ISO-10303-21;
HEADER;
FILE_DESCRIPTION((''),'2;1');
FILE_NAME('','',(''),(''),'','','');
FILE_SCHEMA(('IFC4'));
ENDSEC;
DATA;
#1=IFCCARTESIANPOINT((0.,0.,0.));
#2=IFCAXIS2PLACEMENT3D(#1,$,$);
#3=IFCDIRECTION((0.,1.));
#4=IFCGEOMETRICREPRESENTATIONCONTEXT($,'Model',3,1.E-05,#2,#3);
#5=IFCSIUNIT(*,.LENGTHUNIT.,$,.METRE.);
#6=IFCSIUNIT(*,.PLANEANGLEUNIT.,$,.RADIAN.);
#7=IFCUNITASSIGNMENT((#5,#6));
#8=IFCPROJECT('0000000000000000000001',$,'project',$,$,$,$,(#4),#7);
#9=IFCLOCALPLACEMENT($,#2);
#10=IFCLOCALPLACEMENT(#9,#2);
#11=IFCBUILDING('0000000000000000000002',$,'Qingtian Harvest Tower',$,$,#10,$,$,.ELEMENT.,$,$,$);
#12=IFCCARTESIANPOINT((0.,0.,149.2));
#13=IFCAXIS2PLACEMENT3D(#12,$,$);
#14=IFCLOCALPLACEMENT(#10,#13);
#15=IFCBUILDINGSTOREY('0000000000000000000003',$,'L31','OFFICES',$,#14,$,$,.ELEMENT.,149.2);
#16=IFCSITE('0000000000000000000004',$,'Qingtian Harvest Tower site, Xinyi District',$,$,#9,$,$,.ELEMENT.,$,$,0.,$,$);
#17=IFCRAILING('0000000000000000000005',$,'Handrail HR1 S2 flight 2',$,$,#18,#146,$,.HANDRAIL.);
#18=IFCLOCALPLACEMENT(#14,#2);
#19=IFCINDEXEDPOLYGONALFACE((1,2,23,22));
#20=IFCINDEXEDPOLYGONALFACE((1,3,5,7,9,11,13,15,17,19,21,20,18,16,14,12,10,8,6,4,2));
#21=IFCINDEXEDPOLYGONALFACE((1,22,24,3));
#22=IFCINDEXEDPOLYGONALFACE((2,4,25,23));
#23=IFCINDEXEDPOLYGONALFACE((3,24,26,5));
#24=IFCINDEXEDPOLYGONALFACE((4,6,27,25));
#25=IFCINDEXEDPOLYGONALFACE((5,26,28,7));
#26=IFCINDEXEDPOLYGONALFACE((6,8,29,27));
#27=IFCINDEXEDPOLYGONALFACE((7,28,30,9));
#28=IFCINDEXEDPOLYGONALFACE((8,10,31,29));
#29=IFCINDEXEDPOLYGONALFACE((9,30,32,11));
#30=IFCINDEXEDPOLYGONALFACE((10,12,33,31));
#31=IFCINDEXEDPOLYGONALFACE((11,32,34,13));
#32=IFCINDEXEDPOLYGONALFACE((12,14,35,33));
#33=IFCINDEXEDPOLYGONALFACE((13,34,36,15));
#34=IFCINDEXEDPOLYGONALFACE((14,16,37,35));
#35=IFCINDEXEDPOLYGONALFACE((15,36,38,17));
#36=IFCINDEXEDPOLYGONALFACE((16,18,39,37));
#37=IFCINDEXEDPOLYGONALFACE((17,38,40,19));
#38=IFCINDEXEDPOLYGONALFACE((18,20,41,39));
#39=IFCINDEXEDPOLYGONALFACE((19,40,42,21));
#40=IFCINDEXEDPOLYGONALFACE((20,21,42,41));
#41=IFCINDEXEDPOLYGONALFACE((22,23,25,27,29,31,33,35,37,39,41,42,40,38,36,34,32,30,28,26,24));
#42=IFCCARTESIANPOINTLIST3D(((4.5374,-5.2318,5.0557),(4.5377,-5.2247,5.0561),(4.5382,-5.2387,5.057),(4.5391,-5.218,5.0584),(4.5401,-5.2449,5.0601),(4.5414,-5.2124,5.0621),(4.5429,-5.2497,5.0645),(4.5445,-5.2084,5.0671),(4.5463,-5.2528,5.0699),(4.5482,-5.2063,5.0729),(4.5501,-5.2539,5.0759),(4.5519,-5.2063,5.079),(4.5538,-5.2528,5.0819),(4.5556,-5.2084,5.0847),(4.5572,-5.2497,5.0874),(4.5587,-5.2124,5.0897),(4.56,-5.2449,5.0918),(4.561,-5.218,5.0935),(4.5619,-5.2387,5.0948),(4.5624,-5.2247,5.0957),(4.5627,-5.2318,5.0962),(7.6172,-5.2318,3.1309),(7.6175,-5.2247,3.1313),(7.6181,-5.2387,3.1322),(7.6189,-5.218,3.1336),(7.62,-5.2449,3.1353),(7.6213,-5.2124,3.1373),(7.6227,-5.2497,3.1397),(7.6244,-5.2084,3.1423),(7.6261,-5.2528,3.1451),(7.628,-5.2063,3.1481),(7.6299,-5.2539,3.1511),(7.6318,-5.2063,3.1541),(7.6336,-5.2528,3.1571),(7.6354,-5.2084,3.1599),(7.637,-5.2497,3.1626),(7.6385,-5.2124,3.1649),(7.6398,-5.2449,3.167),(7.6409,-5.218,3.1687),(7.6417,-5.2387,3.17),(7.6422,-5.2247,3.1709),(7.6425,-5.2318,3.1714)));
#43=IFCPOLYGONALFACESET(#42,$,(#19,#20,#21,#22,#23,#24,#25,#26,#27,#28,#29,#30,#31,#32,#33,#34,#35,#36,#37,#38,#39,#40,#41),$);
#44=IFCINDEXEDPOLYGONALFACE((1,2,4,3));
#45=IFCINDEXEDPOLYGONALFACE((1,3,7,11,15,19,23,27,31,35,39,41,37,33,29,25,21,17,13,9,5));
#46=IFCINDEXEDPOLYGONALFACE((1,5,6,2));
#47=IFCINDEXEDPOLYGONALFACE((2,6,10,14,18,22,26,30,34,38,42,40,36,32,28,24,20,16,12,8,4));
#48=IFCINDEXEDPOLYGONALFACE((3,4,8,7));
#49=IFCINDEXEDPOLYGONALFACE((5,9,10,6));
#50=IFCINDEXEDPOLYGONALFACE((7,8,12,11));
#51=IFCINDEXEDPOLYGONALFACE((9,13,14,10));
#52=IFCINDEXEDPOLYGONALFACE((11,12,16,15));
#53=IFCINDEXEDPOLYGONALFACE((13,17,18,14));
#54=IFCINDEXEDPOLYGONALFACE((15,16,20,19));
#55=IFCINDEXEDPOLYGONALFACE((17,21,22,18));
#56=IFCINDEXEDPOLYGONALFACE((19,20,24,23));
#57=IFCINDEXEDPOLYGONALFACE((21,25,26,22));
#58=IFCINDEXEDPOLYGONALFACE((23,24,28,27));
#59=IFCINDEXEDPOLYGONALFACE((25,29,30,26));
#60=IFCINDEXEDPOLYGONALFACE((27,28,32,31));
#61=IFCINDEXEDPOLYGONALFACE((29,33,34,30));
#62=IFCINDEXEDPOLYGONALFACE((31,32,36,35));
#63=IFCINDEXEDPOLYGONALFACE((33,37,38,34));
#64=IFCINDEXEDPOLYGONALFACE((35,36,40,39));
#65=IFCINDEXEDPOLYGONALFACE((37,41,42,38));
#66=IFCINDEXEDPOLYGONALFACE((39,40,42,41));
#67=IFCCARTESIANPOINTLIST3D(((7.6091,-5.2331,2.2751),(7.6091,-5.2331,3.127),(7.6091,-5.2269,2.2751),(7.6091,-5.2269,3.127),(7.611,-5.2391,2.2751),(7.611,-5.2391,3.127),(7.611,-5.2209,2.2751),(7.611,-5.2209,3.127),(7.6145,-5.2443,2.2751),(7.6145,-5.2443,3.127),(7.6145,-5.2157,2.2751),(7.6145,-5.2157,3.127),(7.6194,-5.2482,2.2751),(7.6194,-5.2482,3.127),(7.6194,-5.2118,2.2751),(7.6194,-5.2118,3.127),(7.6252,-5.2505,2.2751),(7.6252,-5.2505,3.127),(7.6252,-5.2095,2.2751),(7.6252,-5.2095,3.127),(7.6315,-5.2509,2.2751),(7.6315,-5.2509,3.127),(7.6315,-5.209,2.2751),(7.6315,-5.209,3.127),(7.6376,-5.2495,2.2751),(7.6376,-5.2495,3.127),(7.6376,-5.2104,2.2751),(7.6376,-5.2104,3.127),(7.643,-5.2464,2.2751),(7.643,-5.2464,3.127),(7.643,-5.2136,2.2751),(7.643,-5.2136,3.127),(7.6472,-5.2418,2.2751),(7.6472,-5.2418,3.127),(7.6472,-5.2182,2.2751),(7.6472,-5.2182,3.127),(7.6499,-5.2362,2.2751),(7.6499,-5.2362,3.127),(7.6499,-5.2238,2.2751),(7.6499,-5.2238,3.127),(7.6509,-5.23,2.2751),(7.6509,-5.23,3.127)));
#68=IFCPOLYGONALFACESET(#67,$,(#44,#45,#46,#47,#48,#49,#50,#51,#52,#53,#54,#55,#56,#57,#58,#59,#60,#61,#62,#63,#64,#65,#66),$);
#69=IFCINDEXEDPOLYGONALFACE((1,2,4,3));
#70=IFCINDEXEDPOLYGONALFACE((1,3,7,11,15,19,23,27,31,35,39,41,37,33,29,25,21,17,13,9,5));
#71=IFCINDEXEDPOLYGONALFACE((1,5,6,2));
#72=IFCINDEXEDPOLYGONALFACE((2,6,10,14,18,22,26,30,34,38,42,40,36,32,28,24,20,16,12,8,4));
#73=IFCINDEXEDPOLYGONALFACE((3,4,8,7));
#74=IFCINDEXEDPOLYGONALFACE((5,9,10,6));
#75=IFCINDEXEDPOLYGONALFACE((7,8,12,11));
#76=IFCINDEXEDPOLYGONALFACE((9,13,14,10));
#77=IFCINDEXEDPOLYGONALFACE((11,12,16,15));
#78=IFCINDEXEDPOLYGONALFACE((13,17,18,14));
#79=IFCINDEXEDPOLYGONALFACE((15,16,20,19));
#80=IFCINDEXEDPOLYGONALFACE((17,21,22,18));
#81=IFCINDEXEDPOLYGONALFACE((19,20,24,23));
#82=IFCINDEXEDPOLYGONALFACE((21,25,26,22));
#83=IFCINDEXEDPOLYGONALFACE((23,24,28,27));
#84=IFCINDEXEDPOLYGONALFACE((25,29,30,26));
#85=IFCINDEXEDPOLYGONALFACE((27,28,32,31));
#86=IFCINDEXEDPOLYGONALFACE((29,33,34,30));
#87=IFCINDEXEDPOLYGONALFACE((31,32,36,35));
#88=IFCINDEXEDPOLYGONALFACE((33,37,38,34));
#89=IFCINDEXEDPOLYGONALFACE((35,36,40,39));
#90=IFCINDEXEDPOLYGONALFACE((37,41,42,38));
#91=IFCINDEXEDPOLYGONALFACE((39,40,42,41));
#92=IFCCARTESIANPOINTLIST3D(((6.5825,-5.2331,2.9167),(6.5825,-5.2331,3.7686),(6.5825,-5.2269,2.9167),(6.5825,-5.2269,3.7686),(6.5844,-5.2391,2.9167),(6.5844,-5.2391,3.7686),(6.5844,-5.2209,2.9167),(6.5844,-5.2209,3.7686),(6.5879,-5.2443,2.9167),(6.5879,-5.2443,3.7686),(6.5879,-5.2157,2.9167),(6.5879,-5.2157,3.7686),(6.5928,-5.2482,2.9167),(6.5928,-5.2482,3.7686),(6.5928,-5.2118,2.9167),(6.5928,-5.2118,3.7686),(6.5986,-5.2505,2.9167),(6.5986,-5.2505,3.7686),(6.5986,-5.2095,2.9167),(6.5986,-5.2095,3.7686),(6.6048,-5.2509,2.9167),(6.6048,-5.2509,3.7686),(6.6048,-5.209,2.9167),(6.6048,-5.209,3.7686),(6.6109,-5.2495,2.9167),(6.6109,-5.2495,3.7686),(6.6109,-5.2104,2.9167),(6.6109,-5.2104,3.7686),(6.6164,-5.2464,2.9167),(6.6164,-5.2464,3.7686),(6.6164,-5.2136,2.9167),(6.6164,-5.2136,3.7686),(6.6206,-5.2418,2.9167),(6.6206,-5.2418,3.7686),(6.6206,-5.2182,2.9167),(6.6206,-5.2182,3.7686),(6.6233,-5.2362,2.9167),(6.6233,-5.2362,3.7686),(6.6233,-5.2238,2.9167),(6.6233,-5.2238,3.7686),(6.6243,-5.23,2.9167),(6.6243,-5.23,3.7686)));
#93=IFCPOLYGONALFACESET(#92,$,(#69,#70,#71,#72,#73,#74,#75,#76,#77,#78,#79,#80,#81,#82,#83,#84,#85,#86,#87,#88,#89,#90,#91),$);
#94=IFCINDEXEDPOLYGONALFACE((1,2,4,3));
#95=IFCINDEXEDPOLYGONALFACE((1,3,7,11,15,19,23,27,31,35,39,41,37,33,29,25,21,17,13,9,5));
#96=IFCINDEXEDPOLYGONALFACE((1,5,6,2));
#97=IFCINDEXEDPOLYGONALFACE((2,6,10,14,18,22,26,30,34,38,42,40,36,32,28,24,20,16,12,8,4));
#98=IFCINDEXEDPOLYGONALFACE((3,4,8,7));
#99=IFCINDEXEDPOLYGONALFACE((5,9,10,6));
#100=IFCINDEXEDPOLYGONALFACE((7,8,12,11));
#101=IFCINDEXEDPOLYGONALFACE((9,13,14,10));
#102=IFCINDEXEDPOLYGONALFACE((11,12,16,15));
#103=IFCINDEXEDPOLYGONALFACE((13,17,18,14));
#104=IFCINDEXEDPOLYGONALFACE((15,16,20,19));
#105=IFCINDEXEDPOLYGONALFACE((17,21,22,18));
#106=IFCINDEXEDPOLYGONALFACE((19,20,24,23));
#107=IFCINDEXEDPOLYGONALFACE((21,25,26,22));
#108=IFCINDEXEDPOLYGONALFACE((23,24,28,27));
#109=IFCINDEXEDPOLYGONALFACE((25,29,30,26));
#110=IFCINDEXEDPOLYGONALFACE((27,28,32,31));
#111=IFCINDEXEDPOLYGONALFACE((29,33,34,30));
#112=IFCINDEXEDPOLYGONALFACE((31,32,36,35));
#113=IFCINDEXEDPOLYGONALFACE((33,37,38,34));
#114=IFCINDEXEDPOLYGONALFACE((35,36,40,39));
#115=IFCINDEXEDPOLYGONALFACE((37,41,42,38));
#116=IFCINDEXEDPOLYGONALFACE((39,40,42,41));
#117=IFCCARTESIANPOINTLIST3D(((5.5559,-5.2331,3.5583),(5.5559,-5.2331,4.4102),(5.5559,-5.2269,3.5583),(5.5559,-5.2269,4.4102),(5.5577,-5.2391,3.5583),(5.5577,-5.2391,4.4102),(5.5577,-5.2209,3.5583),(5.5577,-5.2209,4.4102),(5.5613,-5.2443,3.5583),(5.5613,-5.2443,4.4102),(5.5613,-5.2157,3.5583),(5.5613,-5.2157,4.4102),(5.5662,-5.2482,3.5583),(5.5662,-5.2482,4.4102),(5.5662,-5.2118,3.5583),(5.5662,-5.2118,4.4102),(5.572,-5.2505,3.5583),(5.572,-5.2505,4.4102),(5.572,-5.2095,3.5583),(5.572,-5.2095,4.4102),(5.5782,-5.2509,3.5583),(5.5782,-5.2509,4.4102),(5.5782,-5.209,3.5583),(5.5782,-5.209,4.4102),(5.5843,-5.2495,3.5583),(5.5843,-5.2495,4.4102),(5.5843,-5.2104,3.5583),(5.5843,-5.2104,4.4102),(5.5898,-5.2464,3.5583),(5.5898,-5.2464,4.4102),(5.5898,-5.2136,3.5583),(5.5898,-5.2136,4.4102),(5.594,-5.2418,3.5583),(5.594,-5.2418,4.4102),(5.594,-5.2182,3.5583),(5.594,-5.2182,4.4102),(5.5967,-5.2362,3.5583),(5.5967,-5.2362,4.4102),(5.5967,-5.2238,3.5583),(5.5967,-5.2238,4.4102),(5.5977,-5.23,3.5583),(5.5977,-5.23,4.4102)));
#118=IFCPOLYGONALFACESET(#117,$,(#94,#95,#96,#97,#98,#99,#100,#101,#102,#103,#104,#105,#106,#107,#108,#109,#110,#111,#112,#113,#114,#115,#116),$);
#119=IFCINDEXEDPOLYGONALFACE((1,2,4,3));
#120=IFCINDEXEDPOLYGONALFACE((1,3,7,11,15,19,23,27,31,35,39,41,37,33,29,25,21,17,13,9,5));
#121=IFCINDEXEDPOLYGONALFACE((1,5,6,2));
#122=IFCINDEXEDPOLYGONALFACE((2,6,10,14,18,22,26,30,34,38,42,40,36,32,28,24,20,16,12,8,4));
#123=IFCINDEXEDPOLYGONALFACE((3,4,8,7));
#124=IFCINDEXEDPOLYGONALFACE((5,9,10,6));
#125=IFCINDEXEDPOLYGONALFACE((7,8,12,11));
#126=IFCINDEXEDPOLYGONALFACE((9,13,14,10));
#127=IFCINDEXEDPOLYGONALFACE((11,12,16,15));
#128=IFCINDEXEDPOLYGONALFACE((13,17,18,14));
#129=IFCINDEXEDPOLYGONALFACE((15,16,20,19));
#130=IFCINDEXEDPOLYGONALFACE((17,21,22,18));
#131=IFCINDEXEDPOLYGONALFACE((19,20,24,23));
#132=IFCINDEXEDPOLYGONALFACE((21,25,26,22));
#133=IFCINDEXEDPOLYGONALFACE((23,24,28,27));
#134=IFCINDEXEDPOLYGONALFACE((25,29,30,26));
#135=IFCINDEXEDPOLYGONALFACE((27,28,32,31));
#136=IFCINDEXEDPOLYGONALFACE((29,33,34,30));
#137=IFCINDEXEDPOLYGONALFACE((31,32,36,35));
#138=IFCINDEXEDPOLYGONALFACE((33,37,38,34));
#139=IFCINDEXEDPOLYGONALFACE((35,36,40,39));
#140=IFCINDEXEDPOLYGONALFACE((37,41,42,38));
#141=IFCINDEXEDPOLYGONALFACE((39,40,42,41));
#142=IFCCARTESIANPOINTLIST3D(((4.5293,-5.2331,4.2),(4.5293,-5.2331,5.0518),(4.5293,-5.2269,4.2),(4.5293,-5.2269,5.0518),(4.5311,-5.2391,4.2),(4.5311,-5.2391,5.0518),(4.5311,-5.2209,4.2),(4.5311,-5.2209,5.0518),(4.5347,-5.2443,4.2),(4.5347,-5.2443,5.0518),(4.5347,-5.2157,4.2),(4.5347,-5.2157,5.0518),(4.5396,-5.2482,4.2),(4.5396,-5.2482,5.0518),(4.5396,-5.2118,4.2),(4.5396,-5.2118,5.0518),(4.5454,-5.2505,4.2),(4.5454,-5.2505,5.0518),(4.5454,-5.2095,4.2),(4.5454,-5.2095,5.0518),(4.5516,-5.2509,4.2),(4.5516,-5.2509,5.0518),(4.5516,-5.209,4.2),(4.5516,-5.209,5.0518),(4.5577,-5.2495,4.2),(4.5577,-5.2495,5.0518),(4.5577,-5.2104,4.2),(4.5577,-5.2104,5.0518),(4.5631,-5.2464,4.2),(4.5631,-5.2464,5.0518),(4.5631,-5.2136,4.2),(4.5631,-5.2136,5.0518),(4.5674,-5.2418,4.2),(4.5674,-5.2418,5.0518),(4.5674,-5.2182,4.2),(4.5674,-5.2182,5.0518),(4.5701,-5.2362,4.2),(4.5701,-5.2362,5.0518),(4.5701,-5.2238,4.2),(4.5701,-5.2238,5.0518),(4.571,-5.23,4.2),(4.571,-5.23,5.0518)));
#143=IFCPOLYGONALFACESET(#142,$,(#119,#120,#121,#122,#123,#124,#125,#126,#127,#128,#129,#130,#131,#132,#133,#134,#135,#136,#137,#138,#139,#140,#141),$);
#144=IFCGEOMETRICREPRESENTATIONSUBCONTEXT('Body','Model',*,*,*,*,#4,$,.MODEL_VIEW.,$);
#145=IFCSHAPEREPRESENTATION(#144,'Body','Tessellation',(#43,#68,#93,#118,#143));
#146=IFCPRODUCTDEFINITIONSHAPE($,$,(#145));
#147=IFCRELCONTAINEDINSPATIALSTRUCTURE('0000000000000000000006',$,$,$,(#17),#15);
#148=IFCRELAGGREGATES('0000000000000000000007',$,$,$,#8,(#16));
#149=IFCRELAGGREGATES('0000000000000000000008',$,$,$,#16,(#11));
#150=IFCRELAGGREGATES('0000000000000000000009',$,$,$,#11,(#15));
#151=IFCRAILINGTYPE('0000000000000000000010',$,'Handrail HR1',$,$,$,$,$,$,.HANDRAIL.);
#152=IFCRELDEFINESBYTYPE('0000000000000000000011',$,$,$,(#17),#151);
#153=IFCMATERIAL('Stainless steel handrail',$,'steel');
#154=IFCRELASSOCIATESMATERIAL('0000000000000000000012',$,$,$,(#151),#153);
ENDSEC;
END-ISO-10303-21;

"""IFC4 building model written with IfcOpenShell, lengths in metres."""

from ifc_helpers import new_model, si_unit, direction, frame, origin, origin_2d, place, context, subcontext, project, spatial, circle, extrude, material, type_object, element, save


model = new_model("IFC4")

# Units and contexts
model_context = context("Model", 3, precision=1e-05, world=origin(), true_north=direction((0.0, 1.0)))
body_context = subcontext(model_context, "Body", "Model", "MODEL_VIEW")
ifc_project = project(units=[si_unit("LENGTHUNIT", "METRE"), si_unit("PLANEANGLEUNIT", "RADIAN")], contexts=[model_context])

# Site, building, storey
site_placement = place(None, origin())
site = spatial("IfcSite", under=ifc_project, at=site_placement, Name="Qingtian Harvest Tower site, Xinyi District", CompositionType="ELEMENT", RefElevation=0.0)
building_placement = place(site_placement, origin())
building = spatial("IfcBuilding", under=site, at=building_placement, Name="Qingtian Harvest Tower", CompositionType="ELEMENT")
storey_placement = place(building_placement, frame((0.0, 0.0, 149.2)))
storey = spatial("IfcBuildingStorey", under=building, at=storey_placement, Name="L31", Description="OFFICES", CompositionType="ELEMENT", Elevation=149.2)

# Railing
ifc_material_1 = material(Name="Stainless steel handrail", Category="steel")
railing_type = type_object("IfcRailingType", Name="Handrail HR1", PredefinedType="HANDRAIL", material=ifc_material_1)
railing_1_placement = place(storey_placement, frame((7.6299, -5.23, 2.2751)))
element("IfcRailing", 1, at=railing_1_placement, inside=storey, type_object=railing_type, Name="Handrail HR1 S2 flight 2", PredefinedType="HANDRAIL", context=body_context, shape_type="SweptSolid", body=[
    extrude(circle(Radius=0.0239, at=origin_2d()), frame((0.0, 0.0, 0.876), z_axis=(-0.84801, 0.0, 0.529981), x_axis=(0.0, -1.0, 0.0)), (0.0, 0.0, 1.0), 3.6318),
    extrude(circle(Radius=0.021, at=origin_2d()), origin(), (0.0, 0.0, 1.0), 0.8518),
    extrude(circle(Radius=0.021, at=origin_2d()), frame((-1.0266, 0.0, 0.6416)), (0.0, 0.0, 1.0), 0.8518),
    extrude(circle(Radius=0.021, at=origin_2d()), frame((-2.0532, 0.0, 1.2832)), (0.0, 0.0, 1.0), 0.8518),
    extrude(circle(Radius=0.021, at=origin_2d()), frame((-3.0798, 0.0, 1.9248)), (0.0, 0.0, 1.0), 0.8518),
])

save(model, "model.ifc")
